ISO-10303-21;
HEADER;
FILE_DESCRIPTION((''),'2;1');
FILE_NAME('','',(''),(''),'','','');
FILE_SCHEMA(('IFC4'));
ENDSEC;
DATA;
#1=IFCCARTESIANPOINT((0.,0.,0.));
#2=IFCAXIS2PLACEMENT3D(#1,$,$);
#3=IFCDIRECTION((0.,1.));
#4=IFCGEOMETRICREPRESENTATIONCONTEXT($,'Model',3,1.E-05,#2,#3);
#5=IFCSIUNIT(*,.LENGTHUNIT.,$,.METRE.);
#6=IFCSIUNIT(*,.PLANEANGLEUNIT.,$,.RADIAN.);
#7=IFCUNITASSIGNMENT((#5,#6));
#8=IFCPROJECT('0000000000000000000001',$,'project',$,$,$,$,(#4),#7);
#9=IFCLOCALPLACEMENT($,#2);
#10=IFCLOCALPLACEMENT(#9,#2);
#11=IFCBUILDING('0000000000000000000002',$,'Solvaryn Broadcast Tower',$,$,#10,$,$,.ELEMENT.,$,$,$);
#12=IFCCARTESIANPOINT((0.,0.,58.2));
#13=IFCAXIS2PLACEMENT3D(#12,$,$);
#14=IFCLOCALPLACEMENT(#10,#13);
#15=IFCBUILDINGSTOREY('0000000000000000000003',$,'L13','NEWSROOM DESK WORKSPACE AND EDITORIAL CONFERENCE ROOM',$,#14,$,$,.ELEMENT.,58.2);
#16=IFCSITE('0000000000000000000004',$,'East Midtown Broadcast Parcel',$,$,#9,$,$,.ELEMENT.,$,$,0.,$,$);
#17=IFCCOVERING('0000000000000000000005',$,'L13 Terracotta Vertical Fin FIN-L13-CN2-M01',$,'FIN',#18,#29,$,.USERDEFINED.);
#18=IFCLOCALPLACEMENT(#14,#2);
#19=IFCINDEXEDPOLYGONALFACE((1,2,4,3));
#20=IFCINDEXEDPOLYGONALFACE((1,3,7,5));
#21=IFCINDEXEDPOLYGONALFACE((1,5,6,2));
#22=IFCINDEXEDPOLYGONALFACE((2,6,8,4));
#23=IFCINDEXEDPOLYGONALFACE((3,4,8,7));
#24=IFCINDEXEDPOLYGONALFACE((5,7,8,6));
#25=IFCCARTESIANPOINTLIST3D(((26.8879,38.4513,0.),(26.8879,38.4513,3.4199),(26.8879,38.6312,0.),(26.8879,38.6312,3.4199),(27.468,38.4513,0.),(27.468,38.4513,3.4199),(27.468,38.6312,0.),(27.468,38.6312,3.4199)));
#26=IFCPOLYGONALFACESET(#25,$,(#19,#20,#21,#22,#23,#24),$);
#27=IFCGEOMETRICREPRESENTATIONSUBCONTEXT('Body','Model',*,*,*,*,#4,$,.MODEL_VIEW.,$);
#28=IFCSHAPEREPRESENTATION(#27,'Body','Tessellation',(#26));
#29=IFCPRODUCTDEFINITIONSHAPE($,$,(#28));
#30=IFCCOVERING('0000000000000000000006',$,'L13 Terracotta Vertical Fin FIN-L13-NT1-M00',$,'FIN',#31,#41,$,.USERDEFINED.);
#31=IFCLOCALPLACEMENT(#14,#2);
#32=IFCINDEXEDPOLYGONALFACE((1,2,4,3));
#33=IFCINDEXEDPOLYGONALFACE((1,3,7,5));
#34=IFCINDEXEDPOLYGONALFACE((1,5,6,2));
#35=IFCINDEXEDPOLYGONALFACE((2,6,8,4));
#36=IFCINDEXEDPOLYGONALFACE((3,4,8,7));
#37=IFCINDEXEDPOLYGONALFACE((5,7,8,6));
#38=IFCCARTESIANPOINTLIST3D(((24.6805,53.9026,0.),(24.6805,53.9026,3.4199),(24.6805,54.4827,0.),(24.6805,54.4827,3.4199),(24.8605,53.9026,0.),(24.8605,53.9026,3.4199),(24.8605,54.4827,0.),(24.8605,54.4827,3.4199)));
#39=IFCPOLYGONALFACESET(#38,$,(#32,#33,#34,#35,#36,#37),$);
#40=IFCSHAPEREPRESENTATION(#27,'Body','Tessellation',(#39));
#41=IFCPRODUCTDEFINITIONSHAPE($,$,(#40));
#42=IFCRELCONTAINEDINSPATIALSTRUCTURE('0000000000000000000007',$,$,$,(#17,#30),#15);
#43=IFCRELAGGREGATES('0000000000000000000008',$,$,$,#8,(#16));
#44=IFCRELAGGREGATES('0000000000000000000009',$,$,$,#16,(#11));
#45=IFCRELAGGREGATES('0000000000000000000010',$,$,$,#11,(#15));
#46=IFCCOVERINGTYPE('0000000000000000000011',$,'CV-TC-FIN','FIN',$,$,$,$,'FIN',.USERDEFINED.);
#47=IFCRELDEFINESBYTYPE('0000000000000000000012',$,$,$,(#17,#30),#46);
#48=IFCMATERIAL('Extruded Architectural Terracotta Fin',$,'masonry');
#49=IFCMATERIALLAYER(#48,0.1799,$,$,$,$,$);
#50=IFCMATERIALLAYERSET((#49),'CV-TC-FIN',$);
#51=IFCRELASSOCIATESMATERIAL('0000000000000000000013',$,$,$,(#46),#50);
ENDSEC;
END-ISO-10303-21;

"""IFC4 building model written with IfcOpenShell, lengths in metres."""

from ifc_helpers import new_model, si_unit, direction, frame, origin, origin_2d, place, context, subcontext, project, spatial, rectangle, extrude, material, layer, layer_set, type_object, element, save


model = new_model("IFC4")

# Units and contexts
model_context = context("Model", 3, precision=1e-05, world=origin(), true_north=direction((0.0, 1.0)))
body_context = subcontext(model_context, "Body", "Model", "MODEL_VIEW")
ifc_project = project(units=[si_unit("LENGTHUNIT", "METRE"), si_unit("PLANEANGLEUNIT", "RADIAN")], contexts=[model_context])

# Site, building, storey
site_placement = place(None, origin())
site = spatial("IfcSite", under=ifc_project, at=site_placement, Name="East Midtown Broadcast Parcel", CompositionType="ELEMENT", RefElevation=0.0)
building_placement = place(site_placement, origin())
building = spatial("IfcBuilding", under=site, at=building_placement, Name="Solvaryn Broadcast Tower", CompositionType="ELEMENT")
storey_placement = place(building_placement, frame((0.0, 0.0, 58.2)))
storey = spatial("IfcBuildingStorey", under=building, at=storey_placement, Name="L13", Description="NEWSROOM DESK WORKSPACE AND EDITORIAL CONFERENCE ROOM", CompositionType="ELEMENT", Elevation=58.2)

# Coverings
ifc_material_1 = material(Name="Extruded Architectural Terracotta Fin", Category="masonry")
ifc_layer_1 = layer(ifc_material_1, 0.1799)
ifc_layer_set_1 = layer_set([ifc_layer_1], Name="CV-TC-FIN")
covering_type = type_object("IfcCoveringType", Name="CV-TC-FIN", Description="FIN", ElementType="FIN", PredefinedType="USERDEFINED", material=ifc_layer_set_1)
for number, where, z_axis, x_axis, name in (
    (1, (27.178, 38.5413, 0.0), (0.0, 0.0, 1.0), (1.0, 0.0, 0.0), "L13 Terracotta Vertical Fin FIN-L13-CN2-M01"),
):
    element("IfcCovering", number, at=place(storey_placement, frame(where, z_axis=z_axis, x_axis=x_axis)), inside=storey, type_object=covering_type, Name=name, ObjectType="FIN", PredefinedType="USERDEFINED", context=body_context, shape_type="SweptSolid", body=[
        extrude(rectangle(XDim=0.5801, YDim=0.1799, at=origin_2d()), origin(), (0.0, 0.0, 1.0), 3.4199),
    ])
covering_1_placement = place(storey_placement, frame((24.7705, 54.1926, 0.0), z_axis=(0.0, 0.0, 1.0), x_axis=(1.0, 0.0, 0.0)))
element("IfcCovering", 2, at=covering_1_placement, inside=storey, type_object=covering_type, Name="L13 Terracotta Vertical Fin FIN-L13-NT1-M00", ObjectType="FIN", PredefinedType="USERDEFINED", context=body_context, shape_type="SweptSolid", body=[
    extrude(rectangle(XDim=0.1799, YDim=0.5801, at=origin_2d()), origin(), (0.0, 0.0, 1.0), 3.4199),
])

save(model, "model.ifc")
